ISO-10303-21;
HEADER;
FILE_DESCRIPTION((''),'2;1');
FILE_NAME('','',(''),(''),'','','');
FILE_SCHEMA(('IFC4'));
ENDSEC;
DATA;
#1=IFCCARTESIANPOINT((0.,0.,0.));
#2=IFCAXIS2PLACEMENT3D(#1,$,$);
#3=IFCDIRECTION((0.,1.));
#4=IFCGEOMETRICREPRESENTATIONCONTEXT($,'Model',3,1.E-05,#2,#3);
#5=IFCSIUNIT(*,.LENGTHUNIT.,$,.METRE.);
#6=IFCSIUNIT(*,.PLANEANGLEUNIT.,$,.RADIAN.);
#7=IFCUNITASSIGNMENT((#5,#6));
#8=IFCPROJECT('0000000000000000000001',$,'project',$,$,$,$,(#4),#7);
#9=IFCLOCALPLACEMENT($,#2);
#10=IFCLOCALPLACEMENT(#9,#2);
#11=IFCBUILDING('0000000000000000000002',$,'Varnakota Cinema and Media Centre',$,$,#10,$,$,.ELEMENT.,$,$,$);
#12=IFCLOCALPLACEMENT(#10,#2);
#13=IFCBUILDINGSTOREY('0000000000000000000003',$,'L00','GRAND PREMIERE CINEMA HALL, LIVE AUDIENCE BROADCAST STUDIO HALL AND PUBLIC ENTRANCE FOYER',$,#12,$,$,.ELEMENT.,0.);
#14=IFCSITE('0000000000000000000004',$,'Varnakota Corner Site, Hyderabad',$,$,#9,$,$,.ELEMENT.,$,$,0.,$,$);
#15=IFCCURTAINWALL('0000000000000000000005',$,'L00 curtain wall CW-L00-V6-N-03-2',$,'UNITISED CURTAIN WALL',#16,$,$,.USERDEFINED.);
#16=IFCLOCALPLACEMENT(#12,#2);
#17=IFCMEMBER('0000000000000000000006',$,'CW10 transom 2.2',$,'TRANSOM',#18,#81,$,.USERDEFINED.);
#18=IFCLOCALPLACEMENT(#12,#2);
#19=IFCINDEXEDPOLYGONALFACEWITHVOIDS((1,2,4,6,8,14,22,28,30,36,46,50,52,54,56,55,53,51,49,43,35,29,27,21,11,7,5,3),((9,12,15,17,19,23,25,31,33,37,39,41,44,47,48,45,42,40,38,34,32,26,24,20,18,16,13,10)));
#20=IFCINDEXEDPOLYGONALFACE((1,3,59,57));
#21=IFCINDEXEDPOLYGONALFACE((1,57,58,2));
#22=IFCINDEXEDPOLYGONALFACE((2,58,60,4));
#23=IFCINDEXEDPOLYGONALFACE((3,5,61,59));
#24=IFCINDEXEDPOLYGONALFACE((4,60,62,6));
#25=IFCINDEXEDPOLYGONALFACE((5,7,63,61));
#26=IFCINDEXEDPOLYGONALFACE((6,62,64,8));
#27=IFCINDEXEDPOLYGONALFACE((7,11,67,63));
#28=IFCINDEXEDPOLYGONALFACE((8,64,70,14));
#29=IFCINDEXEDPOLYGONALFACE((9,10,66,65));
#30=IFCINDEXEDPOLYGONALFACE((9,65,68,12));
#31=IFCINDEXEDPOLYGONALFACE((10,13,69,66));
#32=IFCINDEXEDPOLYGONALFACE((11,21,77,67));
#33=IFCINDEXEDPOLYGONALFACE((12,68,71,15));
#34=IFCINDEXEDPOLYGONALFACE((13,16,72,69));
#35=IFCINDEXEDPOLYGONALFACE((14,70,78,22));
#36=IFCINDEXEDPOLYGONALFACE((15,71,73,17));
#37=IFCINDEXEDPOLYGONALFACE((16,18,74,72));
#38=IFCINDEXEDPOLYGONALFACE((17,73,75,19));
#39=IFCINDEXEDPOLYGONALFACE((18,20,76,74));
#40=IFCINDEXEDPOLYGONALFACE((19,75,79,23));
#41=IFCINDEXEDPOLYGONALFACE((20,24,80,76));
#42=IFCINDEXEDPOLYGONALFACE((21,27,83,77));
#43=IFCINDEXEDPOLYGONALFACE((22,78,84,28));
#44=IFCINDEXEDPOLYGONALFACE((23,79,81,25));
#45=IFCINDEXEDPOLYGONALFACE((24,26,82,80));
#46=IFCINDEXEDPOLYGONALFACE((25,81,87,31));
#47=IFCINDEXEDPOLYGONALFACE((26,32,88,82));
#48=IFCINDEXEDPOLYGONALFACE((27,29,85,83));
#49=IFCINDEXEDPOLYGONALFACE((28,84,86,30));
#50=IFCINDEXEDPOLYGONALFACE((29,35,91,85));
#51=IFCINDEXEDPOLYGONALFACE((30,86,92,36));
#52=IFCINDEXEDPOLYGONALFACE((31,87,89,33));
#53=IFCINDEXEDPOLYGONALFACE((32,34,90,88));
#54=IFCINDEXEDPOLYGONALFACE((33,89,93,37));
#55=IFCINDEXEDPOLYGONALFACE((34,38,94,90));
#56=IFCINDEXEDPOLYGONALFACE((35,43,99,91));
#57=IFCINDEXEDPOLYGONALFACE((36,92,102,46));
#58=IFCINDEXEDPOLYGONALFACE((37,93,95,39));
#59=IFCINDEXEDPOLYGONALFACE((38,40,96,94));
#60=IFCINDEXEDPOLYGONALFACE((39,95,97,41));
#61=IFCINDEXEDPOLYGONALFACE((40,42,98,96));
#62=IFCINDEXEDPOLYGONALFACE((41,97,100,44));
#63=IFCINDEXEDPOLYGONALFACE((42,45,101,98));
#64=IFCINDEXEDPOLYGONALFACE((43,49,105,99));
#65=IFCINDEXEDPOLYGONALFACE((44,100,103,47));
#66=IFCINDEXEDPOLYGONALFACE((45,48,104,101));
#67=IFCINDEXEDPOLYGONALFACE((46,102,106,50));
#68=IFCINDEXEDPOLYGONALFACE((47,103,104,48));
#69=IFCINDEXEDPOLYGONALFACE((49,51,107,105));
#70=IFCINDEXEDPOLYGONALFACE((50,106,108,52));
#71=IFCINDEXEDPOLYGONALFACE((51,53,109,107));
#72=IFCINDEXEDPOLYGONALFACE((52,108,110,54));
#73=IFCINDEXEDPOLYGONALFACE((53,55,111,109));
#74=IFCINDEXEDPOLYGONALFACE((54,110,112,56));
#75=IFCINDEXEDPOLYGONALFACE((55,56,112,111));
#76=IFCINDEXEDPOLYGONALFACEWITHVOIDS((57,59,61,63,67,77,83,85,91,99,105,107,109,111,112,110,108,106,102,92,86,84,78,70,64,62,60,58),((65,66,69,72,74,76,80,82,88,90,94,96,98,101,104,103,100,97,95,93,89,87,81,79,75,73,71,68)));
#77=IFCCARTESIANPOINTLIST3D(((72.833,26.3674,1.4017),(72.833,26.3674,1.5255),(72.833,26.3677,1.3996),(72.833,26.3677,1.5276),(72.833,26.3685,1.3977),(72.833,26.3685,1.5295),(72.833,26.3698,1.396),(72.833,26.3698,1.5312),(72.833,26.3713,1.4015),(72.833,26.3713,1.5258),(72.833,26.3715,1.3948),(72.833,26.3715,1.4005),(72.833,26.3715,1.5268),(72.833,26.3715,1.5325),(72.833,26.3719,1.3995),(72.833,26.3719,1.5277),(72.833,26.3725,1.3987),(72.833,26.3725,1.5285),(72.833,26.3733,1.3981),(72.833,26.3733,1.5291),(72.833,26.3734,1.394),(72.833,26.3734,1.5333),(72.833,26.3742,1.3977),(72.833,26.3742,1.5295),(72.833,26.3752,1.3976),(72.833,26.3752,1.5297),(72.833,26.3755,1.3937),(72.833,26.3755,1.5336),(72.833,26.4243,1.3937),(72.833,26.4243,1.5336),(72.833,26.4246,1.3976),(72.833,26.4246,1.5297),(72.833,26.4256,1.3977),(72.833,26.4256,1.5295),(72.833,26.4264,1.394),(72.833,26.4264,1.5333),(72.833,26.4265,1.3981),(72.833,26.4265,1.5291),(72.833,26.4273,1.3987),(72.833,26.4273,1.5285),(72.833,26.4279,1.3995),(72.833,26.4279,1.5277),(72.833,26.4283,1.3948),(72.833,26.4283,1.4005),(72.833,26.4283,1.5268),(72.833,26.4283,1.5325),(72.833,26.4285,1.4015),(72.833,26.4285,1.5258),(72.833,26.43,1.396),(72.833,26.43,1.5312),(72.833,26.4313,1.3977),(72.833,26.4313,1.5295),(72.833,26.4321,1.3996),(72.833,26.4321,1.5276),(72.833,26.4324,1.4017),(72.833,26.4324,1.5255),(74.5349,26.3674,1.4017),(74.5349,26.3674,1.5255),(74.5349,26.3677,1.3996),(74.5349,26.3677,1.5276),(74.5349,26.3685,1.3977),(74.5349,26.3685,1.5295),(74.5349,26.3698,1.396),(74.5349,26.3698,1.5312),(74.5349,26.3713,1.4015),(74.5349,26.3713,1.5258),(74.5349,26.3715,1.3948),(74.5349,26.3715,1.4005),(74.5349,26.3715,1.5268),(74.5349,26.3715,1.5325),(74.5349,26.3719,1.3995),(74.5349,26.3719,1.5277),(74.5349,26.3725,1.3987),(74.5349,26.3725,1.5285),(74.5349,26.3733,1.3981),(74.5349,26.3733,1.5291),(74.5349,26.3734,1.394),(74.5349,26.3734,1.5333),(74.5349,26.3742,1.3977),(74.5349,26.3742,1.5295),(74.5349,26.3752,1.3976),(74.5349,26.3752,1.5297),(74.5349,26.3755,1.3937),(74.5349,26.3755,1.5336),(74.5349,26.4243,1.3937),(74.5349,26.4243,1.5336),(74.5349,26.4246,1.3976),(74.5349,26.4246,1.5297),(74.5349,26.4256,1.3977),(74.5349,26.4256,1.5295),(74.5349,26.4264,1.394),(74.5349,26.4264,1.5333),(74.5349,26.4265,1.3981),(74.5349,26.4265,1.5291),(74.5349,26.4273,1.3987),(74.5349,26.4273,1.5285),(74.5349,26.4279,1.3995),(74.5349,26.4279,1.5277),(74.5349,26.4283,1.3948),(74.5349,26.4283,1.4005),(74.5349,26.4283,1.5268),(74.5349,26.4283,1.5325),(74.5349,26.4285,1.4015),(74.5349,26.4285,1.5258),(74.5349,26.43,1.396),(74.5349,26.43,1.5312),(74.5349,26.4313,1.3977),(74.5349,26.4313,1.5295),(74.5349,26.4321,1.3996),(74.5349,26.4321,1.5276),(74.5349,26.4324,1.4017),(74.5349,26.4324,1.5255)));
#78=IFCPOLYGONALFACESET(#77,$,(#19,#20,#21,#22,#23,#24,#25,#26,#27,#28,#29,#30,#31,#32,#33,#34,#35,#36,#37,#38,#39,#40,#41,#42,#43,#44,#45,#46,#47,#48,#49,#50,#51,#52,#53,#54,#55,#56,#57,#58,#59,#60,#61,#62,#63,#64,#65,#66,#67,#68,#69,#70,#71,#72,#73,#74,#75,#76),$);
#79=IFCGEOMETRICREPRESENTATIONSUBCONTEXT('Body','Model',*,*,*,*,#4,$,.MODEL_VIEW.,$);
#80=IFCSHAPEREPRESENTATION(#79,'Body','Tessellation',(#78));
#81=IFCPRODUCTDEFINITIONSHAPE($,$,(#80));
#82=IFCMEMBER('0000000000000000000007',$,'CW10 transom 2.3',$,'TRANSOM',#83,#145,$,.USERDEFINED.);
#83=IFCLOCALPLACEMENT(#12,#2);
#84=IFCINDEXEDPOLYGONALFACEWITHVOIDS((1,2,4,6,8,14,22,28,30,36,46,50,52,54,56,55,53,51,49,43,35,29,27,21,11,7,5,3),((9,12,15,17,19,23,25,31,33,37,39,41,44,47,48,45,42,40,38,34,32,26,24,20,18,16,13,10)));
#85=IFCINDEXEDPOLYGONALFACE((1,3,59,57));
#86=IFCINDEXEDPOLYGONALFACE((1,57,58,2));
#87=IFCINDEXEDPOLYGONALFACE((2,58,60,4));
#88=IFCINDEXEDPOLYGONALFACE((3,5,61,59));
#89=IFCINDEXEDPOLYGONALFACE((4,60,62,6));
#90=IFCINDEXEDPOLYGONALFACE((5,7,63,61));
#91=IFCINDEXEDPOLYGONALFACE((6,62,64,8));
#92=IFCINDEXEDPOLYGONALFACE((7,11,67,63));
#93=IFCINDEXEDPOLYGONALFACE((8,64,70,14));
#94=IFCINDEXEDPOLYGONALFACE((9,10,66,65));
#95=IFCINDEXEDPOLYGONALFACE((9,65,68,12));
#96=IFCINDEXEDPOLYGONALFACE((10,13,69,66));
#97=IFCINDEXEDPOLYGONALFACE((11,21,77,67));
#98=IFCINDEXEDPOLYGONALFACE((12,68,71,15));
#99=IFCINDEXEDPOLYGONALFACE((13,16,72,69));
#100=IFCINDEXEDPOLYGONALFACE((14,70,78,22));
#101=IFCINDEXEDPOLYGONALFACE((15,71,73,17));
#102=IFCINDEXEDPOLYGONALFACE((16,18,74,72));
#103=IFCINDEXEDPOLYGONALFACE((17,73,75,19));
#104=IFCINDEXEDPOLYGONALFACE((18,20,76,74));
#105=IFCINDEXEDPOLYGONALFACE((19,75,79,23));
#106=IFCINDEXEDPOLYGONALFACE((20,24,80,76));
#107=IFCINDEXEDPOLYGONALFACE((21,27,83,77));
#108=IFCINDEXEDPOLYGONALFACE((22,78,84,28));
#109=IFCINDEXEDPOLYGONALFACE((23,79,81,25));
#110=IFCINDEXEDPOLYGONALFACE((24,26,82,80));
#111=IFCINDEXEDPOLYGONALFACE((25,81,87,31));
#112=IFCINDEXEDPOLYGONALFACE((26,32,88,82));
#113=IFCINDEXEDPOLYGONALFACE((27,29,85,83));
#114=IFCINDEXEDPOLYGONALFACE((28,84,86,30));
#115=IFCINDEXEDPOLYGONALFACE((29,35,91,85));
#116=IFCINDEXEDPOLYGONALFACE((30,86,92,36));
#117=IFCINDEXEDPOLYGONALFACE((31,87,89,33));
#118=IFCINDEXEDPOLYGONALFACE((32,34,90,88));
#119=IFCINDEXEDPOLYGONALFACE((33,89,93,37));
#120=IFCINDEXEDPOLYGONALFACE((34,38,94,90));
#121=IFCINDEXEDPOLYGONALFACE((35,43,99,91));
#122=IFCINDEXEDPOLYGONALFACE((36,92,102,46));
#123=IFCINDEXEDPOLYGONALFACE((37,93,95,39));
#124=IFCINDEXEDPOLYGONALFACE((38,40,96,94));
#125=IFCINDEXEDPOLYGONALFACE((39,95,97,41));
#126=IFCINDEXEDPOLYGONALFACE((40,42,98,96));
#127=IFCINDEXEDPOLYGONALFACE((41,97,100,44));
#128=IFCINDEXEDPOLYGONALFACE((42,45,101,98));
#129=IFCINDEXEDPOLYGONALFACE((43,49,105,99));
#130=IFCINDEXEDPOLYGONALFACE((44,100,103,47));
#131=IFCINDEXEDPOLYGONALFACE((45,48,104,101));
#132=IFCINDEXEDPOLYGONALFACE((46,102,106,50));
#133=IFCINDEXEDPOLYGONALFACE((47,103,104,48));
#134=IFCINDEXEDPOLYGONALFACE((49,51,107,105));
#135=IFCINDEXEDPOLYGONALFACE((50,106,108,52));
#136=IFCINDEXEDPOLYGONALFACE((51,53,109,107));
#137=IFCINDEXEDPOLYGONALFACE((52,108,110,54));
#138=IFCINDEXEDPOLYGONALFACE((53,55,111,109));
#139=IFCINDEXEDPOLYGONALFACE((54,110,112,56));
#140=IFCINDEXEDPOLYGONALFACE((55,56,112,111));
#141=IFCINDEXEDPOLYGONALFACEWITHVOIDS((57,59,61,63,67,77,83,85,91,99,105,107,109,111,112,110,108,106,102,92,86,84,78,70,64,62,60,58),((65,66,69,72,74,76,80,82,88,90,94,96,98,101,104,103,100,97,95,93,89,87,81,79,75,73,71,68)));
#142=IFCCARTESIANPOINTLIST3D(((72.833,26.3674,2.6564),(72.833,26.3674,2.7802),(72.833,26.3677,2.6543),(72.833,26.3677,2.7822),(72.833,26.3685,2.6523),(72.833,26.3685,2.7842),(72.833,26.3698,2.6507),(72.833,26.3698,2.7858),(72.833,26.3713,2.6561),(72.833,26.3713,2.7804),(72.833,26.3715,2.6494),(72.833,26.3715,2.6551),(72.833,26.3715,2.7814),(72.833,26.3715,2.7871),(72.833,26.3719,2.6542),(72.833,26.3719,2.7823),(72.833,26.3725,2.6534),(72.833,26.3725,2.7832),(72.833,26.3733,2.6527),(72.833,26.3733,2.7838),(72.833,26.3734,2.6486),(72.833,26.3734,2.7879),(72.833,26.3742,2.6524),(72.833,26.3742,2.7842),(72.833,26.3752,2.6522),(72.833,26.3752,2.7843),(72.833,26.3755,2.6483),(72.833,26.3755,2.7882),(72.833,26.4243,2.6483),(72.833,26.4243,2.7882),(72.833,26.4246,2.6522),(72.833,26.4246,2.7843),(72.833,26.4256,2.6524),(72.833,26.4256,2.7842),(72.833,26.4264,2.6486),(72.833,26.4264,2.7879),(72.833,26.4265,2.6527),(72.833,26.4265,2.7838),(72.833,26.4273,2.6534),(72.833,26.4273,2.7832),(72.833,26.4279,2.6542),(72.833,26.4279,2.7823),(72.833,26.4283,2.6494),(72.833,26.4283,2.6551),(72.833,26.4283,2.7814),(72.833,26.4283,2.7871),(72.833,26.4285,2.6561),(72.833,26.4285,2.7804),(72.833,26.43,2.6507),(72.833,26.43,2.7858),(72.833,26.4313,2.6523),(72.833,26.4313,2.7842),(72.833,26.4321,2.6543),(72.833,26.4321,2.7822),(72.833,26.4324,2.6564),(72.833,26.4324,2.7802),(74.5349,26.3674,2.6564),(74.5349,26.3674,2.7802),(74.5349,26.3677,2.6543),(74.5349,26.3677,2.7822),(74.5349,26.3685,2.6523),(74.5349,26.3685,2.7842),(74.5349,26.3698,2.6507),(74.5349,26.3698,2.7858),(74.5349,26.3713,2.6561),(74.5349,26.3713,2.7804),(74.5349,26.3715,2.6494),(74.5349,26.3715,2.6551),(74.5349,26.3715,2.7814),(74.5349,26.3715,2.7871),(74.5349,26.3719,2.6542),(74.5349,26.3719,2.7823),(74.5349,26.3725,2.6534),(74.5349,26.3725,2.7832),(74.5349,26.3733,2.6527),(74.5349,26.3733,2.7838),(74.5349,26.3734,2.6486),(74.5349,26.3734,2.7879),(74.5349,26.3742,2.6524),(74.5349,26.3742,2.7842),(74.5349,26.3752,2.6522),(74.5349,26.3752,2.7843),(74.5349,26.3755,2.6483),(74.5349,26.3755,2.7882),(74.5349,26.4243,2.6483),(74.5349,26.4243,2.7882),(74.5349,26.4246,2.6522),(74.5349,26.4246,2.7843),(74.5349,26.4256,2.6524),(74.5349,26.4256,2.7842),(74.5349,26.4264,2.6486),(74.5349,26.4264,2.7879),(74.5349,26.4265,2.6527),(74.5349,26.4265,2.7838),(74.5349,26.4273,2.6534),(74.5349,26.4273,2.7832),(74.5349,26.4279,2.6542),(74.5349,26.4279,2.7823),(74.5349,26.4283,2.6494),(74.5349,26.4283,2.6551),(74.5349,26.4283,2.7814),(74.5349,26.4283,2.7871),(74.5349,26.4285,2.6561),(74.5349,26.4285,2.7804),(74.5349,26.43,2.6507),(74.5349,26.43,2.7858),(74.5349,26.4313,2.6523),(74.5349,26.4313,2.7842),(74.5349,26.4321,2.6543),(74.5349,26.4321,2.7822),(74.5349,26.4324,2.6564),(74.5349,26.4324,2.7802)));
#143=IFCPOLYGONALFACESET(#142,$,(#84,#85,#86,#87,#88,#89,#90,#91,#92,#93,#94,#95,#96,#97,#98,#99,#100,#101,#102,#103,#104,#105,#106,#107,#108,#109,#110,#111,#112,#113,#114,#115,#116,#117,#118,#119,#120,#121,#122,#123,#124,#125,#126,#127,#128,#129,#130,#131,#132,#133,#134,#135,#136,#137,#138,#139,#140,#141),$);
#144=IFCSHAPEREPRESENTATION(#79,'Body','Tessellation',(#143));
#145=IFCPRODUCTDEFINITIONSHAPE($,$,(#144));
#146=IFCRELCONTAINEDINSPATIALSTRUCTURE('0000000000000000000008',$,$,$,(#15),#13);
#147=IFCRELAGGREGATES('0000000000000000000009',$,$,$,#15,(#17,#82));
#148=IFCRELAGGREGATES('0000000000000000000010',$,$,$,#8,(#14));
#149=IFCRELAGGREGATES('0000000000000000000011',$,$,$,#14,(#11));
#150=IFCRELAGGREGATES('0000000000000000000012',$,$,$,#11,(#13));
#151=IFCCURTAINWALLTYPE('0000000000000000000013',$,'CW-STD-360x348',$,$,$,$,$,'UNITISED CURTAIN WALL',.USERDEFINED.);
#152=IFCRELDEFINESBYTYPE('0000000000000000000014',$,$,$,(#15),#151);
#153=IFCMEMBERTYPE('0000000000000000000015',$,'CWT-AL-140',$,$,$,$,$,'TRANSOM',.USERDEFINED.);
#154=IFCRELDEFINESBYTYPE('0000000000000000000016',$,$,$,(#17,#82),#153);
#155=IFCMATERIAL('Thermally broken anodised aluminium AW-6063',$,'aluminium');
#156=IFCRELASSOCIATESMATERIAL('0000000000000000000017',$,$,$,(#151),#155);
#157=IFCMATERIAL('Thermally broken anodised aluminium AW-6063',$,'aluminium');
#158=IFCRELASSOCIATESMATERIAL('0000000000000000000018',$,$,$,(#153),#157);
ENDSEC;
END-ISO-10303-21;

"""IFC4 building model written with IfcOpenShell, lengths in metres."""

from ifc_helpers import new_model, si_unit, direction, frame, origin, origin_2d, place, context, subcontext, project, spatial, hollow_rectangle, extrude, material, material_profile, profile_set, type_object, element, aggregate, save


model = new_model("IFC4")

# Units and contexts
model_context = context("Model", 3, precision=1e-05, world=origin(), true_north=direction((0.0, 1.0)))
body_context = subcontext(model_context, "Body", "Model", "MODEL_VIEW")
ifc_project = project(units=[si_unit("LENGTHUNIT", "METRE"), si_unit("PLANEANGLEUNIT", "RADIAN")], contexts=[model_context])

# Site, building, storey
site_placement = place(None, origin())
site = spatial("IfcSite", under=ifc_project, at=site_placement, Name="Varnakota Corner Site, Hyderabad", CompositionType="ELEMENT", RefElevation=0.0)
building_placement = place(site_placement, origin())
building = spatial("IfcBuilding", under=site, at=building_placement, Name="Varnakota Cinema and Media Centre", CompositionType="ELEMENT")
storey_placement = place(building_placement, origin())
storey = spatial("IfcBuildingStorey", under=building, at=storey_placement, Name="L00", Description="GRAND PREMIERE CINEMA HALL, LIVE AUDIENCE BROADCAST STUDIO HALL AND PUBLIC ENTRANCE FOYER", CompositionType="ELEMENT", Elevation=0.0)

# Curtain wall, members
ifc_material_1 = material(Name="Thermally broken anodised aluminium AW-6063", Category="aluminium")
curtain_wall_type_1 = type_object("IfcCurtainWallType", Name="CW-STD-360x348", ElementType="UNITISED CURTAIN WALL", PredefinedType="USERDEFINED", material=ifc_material_1)
curtain_wall_1_placement = place(storey_placement, origin())
curtain_wall_1 = element("IfcCurtainWall", 1, at=curtain_wall_1_placement, inside=storey, type_object=curtain_wall_type_1, Name="L00 curtain wall CW-L00-V6-N-03-2", ObjectType="UNITISED CURTAIN WALL", PredefinedType="USERDEFINED")
ifc_material_2 = material(Name="Thermally broken anodised aluminium AW-6063", Category="aluminium")
ifc_material_profile_1 = material_profile(ifc_material_2, hollow_rectangle(XDim=0.0649, YDim=0.1399, WallThickness=0.0039, InnerFilletRadius=0.0039, OuterFilletRadius=0.0081, at=origin_2d()), Name="AL-TRANSOM 140x65x4")
ifc_profile_set_1 = profile_set([ifc_material_profile_1], Name="Thermally broken anodised aluminium AW-6063")
member_type_1 = type_object("IfcMemberType", Name="CWT-AL-140", ElementType="TRANSOM", PredefinedType="USERDEFINED", material=ifc_profile_set_1)
member_1_placement = place(storey_placement, frame((72.833, 26.3999, 1.4636), z_axis=(1.0, 0.0, 0.0), x_axis=(0.0, 1.0, 0.0)))
member_1 = element("IfcMember", 2, at=member_1_placement, type_object=member_type_1, Name="CW10 transom 2.2", ObjectType="TRANSOM", PredefinedType="USERDEFINED", context=body_context, shape_type="SweptSolid", body=[
    extrude(hollow_rectangle(XDim=0.0649, YDim=0.1399, WallThickness=0.0039, InnerFilletRadius=0.0039, OuterFilletRadius=0.0081, at=origin_2d()), origin(), (0.0, 0.0, 1.0), 1.7019),
])
member_2_placement = place(storey_placement, frame((72.833, 26.3999, 2.7183), z_axis=(1.0, 0.0, 0.0), x_axis=(0.0, 1.0, 0.0)))
member_2 = element("IfcMember", 3, at=member_2_placement, type_object=member_type_1, Name="CW10 transom 2.3", ObjectType="TRANSOM", PredefinedType="USERDEFINED", context=body_context, shape_type="SweptSolid", body=[
    extrude(hollow_rectangle(XDim=0.0649, YDim=0.1399, WallThickness=0.0039, InnerFilletRadius=0.0039, OuterFilletRadius=0.0081, at=origin_2d()), origin(), (0.0, 0.0, 1.0), 1.7019),
])

aggregate(curtain_wall_1, [member_1, member_2])

save(model, "model.ifc")
